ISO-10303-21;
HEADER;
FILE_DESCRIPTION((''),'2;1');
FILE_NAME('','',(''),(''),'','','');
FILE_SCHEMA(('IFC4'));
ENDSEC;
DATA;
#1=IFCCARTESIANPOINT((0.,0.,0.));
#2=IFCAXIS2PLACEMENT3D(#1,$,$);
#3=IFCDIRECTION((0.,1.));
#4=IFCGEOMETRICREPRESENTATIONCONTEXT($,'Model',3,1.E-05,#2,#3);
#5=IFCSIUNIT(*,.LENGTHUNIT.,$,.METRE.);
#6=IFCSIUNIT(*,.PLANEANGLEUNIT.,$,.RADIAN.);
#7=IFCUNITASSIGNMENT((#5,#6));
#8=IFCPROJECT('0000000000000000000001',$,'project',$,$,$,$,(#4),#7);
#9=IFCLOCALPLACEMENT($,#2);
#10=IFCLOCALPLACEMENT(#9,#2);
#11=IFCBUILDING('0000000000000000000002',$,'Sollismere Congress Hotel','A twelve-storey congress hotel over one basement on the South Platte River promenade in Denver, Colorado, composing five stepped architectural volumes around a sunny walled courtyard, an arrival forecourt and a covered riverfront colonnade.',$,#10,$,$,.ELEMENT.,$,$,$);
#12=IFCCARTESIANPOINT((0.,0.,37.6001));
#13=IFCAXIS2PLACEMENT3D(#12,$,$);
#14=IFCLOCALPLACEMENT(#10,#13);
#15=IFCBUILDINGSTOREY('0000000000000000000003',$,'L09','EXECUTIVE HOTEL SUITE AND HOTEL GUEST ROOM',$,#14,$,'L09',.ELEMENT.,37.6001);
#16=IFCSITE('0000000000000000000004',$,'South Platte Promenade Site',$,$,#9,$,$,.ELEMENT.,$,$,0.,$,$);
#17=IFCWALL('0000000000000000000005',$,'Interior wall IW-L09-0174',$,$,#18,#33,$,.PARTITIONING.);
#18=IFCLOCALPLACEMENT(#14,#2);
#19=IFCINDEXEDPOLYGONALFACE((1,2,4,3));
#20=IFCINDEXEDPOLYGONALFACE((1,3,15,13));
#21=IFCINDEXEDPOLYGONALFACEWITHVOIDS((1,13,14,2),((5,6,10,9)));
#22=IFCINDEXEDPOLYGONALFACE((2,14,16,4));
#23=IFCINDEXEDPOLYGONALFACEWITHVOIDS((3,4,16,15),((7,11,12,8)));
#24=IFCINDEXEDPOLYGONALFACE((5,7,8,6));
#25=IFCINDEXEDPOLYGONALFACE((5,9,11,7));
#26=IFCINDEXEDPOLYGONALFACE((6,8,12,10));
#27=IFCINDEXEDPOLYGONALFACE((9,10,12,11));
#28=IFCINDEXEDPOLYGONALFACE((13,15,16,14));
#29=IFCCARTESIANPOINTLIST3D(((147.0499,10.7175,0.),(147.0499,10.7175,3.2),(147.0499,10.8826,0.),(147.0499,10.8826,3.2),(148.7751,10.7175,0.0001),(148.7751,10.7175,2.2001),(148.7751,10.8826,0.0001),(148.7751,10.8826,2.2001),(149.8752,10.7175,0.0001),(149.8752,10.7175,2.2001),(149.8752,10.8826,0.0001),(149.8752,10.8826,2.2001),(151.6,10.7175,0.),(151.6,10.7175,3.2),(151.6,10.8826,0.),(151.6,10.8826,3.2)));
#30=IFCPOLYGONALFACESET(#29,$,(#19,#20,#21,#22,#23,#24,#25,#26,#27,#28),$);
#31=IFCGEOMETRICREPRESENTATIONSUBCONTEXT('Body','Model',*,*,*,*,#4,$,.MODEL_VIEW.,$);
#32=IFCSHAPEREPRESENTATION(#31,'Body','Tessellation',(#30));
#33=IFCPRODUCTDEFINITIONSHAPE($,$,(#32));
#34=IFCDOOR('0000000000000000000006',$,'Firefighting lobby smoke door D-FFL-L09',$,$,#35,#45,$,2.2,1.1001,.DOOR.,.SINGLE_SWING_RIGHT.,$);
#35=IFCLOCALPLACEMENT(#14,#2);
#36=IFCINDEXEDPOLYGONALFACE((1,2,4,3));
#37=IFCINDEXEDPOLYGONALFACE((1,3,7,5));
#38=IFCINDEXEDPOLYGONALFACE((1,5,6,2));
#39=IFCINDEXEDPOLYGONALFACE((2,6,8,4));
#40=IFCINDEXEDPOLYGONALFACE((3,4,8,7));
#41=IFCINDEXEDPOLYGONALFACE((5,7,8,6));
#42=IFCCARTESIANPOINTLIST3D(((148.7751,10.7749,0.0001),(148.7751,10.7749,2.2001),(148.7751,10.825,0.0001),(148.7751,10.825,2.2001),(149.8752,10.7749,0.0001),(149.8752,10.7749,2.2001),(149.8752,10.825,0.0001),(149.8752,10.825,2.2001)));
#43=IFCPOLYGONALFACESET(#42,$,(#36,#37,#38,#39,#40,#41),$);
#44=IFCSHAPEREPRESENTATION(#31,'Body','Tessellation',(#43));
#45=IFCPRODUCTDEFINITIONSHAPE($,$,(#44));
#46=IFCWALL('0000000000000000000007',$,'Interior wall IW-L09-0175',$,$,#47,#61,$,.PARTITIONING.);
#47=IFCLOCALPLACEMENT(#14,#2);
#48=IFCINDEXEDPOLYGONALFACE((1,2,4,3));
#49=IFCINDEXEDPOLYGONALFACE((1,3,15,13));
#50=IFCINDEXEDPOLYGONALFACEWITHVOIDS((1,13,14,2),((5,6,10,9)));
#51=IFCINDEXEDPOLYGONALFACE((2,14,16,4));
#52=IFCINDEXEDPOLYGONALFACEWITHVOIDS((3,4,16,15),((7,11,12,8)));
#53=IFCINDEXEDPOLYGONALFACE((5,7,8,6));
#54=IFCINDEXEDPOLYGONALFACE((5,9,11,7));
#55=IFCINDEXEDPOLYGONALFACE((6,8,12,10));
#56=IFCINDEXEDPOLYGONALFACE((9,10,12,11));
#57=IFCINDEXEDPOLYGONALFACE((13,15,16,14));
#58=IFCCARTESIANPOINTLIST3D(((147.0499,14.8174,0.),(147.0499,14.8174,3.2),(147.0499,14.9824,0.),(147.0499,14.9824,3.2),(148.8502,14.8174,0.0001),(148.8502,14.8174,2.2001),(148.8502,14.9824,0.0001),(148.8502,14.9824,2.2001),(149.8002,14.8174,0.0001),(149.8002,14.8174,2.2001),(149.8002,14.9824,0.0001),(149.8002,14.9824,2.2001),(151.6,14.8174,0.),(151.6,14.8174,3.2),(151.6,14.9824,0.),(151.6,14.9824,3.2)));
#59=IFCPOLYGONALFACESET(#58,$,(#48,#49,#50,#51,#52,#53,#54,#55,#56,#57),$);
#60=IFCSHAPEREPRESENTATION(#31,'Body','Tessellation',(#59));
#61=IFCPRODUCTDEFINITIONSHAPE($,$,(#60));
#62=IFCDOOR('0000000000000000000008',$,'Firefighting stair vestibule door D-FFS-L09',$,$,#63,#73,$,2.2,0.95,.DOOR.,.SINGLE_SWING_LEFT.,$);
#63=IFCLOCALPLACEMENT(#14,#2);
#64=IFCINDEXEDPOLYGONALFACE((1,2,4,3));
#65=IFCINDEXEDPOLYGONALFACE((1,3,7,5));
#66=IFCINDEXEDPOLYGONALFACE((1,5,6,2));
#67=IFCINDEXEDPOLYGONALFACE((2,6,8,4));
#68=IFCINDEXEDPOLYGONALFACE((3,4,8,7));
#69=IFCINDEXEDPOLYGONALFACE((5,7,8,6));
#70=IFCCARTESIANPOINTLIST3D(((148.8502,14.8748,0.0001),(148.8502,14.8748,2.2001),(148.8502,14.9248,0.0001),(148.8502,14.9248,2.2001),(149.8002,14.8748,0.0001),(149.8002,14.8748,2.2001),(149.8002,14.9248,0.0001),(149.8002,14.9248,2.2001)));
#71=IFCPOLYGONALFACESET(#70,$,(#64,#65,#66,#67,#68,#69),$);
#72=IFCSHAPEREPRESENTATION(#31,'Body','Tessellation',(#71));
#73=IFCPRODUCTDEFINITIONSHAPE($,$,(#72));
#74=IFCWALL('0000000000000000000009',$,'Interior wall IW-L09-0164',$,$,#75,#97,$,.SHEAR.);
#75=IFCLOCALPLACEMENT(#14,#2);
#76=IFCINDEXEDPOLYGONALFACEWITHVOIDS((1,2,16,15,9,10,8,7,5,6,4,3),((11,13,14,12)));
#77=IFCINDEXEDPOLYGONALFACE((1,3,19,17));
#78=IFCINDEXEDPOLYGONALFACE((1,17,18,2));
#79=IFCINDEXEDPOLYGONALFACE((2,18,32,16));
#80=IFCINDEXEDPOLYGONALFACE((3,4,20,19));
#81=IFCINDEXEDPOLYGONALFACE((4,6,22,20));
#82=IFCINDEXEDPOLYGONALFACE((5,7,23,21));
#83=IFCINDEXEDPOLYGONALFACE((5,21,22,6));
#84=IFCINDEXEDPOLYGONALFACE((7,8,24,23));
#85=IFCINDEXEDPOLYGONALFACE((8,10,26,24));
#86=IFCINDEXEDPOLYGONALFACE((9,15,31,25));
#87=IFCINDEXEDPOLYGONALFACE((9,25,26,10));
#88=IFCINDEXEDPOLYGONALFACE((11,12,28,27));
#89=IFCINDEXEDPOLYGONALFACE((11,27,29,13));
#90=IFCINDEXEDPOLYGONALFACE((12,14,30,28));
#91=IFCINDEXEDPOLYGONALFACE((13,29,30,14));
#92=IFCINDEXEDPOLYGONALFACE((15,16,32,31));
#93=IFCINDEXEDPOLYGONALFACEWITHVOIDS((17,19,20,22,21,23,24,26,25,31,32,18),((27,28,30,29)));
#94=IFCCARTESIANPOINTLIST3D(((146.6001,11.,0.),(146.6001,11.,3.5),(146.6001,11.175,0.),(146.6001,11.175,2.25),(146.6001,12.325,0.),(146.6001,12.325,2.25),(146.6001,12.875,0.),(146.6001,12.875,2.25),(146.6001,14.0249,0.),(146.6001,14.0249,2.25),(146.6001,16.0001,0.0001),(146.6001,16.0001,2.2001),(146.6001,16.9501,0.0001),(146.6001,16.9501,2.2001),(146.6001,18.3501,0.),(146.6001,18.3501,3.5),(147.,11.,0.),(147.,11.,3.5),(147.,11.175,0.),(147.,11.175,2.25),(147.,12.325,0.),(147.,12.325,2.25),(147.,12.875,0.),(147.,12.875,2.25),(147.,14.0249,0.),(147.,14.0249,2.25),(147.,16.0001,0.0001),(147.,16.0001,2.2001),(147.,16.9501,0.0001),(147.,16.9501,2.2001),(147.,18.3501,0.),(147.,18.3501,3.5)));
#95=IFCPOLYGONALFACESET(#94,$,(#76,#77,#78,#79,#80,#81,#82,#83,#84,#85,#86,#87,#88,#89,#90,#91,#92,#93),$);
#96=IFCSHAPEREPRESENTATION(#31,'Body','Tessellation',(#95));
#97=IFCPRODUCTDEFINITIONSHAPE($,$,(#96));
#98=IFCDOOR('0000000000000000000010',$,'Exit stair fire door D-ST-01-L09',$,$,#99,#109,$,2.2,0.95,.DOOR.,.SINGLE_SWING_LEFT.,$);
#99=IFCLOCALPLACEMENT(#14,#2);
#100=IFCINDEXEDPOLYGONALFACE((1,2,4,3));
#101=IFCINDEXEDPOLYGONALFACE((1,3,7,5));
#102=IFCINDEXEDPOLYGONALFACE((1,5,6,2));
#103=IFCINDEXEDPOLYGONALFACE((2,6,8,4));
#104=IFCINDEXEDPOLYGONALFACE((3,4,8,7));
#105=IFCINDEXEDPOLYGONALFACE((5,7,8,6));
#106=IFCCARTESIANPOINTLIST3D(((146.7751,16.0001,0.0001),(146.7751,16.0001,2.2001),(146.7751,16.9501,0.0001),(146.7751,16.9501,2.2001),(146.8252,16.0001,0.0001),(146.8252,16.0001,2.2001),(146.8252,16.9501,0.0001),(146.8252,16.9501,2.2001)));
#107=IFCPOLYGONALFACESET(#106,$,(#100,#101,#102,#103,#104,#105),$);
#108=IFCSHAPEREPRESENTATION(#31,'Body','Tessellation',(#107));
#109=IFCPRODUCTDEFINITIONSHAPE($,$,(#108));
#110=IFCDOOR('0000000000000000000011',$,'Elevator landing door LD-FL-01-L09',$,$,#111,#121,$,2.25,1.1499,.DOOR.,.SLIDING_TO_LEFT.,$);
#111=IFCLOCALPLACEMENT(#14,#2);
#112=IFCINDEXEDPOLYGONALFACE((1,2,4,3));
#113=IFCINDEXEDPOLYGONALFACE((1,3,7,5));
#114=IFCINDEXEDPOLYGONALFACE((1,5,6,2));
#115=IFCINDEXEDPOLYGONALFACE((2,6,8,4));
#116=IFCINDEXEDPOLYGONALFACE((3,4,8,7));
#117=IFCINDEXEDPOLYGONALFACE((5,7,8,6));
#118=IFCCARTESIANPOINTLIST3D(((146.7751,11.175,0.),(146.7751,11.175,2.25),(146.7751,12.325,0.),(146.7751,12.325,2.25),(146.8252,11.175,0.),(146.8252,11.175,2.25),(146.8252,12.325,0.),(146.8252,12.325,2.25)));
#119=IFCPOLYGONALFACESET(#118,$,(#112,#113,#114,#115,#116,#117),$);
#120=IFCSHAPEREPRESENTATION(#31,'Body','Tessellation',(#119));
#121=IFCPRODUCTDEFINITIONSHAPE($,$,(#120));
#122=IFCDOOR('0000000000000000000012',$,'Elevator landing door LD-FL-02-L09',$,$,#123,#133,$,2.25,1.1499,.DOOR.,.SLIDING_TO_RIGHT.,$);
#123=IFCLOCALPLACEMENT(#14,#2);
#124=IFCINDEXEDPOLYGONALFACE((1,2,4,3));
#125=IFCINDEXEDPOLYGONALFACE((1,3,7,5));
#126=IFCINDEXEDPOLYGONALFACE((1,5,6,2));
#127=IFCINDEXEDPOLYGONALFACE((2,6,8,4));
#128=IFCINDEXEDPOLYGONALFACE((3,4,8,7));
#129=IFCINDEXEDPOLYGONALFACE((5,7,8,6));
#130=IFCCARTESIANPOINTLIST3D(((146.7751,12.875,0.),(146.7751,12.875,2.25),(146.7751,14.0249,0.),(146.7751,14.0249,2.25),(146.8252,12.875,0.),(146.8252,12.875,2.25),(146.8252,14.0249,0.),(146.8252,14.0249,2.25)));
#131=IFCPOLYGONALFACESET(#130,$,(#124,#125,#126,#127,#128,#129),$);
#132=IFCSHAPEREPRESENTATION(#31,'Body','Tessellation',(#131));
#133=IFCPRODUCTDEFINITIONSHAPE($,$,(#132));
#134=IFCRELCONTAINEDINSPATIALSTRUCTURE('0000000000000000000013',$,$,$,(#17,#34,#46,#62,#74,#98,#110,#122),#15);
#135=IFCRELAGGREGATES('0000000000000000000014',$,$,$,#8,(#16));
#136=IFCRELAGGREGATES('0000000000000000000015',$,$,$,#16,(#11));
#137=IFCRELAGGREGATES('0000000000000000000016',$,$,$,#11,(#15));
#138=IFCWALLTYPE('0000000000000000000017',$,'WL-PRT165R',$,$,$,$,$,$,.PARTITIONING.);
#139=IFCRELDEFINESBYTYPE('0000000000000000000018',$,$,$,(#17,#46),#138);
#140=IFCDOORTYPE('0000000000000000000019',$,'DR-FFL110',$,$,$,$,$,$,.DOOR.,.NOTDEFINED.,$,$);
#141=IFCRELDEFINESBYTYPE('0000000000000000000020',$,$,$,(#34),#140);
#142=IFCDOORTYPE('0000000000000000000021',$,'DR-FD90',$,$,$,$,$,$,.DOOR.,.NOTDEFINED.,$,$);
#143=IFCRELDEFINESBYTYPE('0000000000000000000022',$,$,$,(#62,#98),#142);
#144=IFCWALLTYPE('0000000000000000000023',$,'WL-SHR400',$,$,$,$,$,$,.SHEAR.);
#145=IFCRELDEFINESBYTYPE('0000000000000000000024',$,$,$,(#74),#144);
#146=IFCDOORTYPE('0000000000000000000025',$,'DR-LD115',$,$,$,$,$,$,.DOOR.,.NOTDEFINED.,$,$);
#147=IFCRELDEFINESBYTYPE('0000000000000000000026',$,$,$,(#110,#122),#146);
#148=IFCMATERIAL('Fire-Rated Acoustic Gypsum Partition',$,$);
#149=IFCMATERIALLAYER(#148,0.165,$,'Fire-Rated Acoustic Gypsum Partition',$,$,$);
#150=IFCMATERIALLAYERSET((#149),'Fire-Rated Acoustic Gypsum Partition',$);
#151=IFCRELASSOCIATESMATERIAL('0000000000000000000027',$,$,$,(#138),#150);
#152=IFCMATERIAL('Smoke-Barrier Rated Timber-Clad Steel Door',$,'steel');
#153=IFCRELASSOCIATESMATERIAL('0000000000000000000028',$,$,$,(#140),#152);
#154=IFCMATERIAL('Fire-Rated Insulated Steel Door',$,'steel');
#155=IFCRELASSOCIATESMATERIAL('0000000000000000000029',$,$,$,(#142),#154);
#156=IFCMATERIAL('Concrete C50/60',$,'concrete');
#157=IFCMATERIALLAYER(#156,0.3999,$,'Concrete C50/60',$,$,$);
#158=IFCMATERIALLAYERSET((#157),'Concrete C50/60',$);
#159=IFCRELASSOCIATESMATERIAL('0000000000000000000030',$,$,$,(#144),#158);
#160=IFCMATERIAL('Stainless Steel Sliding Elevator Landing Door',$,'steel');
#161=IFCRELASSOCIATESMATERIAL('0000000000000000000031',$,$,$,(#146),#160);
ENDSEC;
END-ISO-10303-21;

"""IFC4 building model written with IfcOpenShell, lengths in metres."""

from ifc_helpers import new_model, si_unit, direction, frame, frame_2d, origin, place, context, subcontext, project, spatial, rectangle, extrude, material, layer, layer_set, type_object, element, fill, save


model = new_model("IFC4")

# Units and contexts
model_context = context("Model", 3, precision=1e-05, world=origin(), true_north=direction((0.0, 1.0)))
body_context = subcontext(model_context, "Body", "Model", "MODEL_VIEW")
ifc_project = project(units=[si_unit("LENGTHUNIT", "METRE"), si_unit("PLANEANGLEUNIT", "RADIAN")], contexts=[model_context])

# Site, building, storey
site_placement = place(None, origin())
site = spatial("IfcSite", under=ifc_project, at=site_placement, Name="South Platte Promenade Site", CompositionType="ELEMENT", RefElevation=0.0)
building_placement = place(site_placement, origin())
building = spatial("IfcBuilding", under=site, at=building_placement, Name="Sollismere Congress Hotel", Description="A twelve-storey congress hotel over one basement on the South Platte River promenade in Denver, Colorado, composing five stepped architectural volumes around a sunny walled courtyard, an arrival forecourt and a covered riverfront colonnade.", CompositionType="ELEMENT")
storey_placement = place(building_placement, frame((0.0, 0.0, 37.6001)))
storey = spatial("IfcBuildingStorey", under=building, at=storey_placement, Name="L09", Description="EXECUTIVE HOTEL SUITE AND HOTEL GUEST ROOM", LongName="L09", CompositionType="ELEMENT", Elevation=37.6001)

# Walls, openings, doors
ifc_material_1 = material(Name="Fire-Rated Acoustic Gypsum Partition")
ifc_layer_1 = layer(ifc_material_1, 0.165, Name="Fire-Rated Acoustic Gypsum Partition")
ifc_layer_set_1 = layer_set([ifc_layer_1], Name="Fire-Rated Acoustic Gypsum Partition")
wall_type_1 = type_object("IfcWallType", Name="WL-PRT165R", PredefinedType="PARTITIONING", material=ifc_layer_set_1)
wall_1_placement = place(storey_placement, frame((147.05, 10.8, 0.0), z_axis=(0.0, 0.0, 1.0), x_axis=(1.0, 0.0, 0.0)))
wall_1 = element("IfcWall", 1, at=wall_1_placement, inside=storey, type_object=wall_type_1, Name="Interior wall IW-L09-0174", PredefinedType="PARTITIONING", context=body_context, shape_type="SweptSolid", body=[
    extrude(rectangle(XDim=4.55, YDim=0.165, at=frame_2d((2.2749, 0.0))), origin(), (0.0, 0.0, 1.0), 3.2),
])
opening_1_placement = place(wall_1_placement, frame((1.7251, 0.0, 0.0)))
opening_1 = element("IfcOpeningElement", 2, at=opening_1_placement, cuts=wall_1, PredefinedType="OPENING", context=body_context, shape_type="SweptSolid", body=[
    extrude(rectangle(XDim=1.1001, YDim=2.2, at=frame_2d((0.55, 1.1001))), frame((0.0, 0.0925, 0.0), z_axis=(0.0, -1.0, 0.0), x_axis=(1.0, 0.0, 0.0)), (0.0, 0.0, 1.0), 0.1851),
])
ifc_material_2 = material(Name="Smoke-Barrier Rated Timber-Clad Steel Door", Category="steel")
door_type_1 = type_object("IfcDoorType", Name="DR-FFL110", OperationType="NOTDEFINED", PredefinedType="DOOR", material=ifc_material_2)
door_1_placement = place(opening_1_placement, origin())
door_1 = element("IfcDoor", 3, at=door_1_placement, inside=storey, type_object=door_type_1, Name="Firefighting lobby smoke door D-FFL-L09", OperationType="SINGLE_SWING_RIGHT", OverallHeight=2.2, OverallWidth=1.1001, PredefinedType="DOOR", context=body_context, shape_type="SweptSolid", body=[
    extrude(rectangle(XDim=1.1001, YDim=2.2, at=frame_2d((0.55, 1.1001))), frame((0.0, 0.0249, 0.0), z_axis=(0.0, -1.0, 0.0), x_axis=(1.0, 0.0, 0.0)), (0.0, 0.0, 1.0), 0.05),
])
fill(opening_1, door_1)
wall_2_placement = place(storey_placement, frame((147.05, 14.8999, 0.0), z_axis=(0.0, 0.0, 1.0), x_axis=(1.0, 0.0, 0.0)))
wall_2 = element("IfcWall", 4, at=wall_2_placement, inside=storey, type_object=wall_type_1, Name="Interior wall IW-L09-0175", PredefinedType="PARTITIONING", context=body_context, shape_type="SweptSolid", body=[
    extrude(rectangle(XDim=4.55, YDim=0.165, at=frame_2d((2.2749, 0.0))), origin(), (0.0, 0.0, 1.0), 3.2),
])
opening_2_placement = place(wall_2_placement, frame((1.8, 0.0, 0.0)))
opening_2 = element("IfcOpeningElement", 5, at=opening_2_placement, cuts=wall_2, PredefinedType="OPENING", context=body_context, shape_type="SweptSolid", body=[
    extrude(rectangle(XDim=0.95, YDim=2.2, at=frame_2d((0.4751, 1.1001))), frame((0.0, 0.0925, 0.0), z_axis=(0.0, -1.0, 0.0), x_axis=(1.0, 0.0, 0.0)), (0.0, 0.0, 1.0), 0.1851),
])
ifc_material_3 = material(Name="Fire-Rated Insulated Steel Door", Category="steel")
door_type_2 = type_object("IfcDoorType", Name="DR-FD90", OperationType="NOTDEFINED", PredefinedType="DOOR", material=ifc_material_3)
door_2_placement = place(opening_2_placement, origin())
door_2 = element("IfcDoor", 6, at=door_2_placement, inside=storey, type_object=door_type_2, Name="Firefighting stair vestibule door D-FFS-L09", OperationType="SINGLE_SWING_LEFT", OverallHeight=2.2, OverallWidth=0.95, PredefinedType="DOOR", context=body_context, shape_type="SweptSolid", body=[
    extrude(rectangle(XDim=0.95, YDim=2.2, at=frame_2d((0.4751, 1.1001))), frame((0.0, 0.0249, 0.0), z_axis=(0.0, -1.0, 0.0), x_axis=(1.0, 0.0, 0.0)), (0.0, 0.0, 1.0), 0.05),
])
fill(opening_2, door_2)

# Wall, openings, doors
ifc_material_4 = material(Name="Concrete C50/60", Category="concrete")
ifc_layer_2 = layer(ifc_material_4, 0.3999, Name="Concrete C50/60")
ifc_layer_set_2 = layer_set([ifc_layer_2], Name="Concrete C50/60")
wall_type_2 = type_object("IfcWallType", Name="WL-SHR400", PredefinedType="SHEAR", material=ifc_layer_set_2)
wall_3_placement = place(storey_placement, frame((146.8, 11.0, 0.0), z_axis=(0.0, 0.0, 1.0), x_axis=(0.0, 1.0, 0.0)))
wall_3 = element("IfcWall", 7, at=wall_3_placement, inside=storey, type_object=wall_type_2, Name="Interior wall IW-L09-0164", PredefinedType="SHEAR", context=body_context, shape_type="SweptSolid", body=[
    extrude(rectangle(XDim=7.3501, YDim=0.3999, at=frame_2d((3.675, 0.0))), origin(), (0.0, 0.0, 1.0), 3.5),
])
opening_3_placement = place(wall_3_placement, frame((5.0, 0.0, 0.0)))
opening_3 = element("IfcOpeningElement", 8, at=opening_3_placement, cuts=wall_3, PredefinedType="OPENING", context=body_context, shape_type="SweptSolid", body=[
    extrude(rectangle(XDim=0.95, YDim=2.2, at=frame_2d((0.4751, 1.1001))), frame((0.0, 0.21, 0.0), z_axis=(0.0, -1.0, 0.0), x_axis=(1.0, 0.0, 0.0)), (0.0, 0.0, 1.0), 0.4199),
])
opening_4_placement = place(wall_3_placement, frame((0.175, 0.0, 0.0)))
opening_4 = element("IfcOpeningElement", 9, at=opening_4_placement, cuts=wall_3, PredefinedType="OPENING", context=body_context, shape_type="SweptSolid", body=[
    extrude(rectangle(XDim=1.1499, YDim=2.25, at=frame_2d((0.575, 1.125))), frame((0.0, 0.21, 0.0), z_axis=(0.0, -1.0, 0.0), x_axis=(1.0, 0.0, 0.0)), (0.0, 0.0, 1.0), 0.4199),
])
opening_5_placement = place(wall_3_placement, frame((1.875, 0.0, 0.0)))
opening_5 = element("IfcOpeningElement", 10, at=opening_5_placement, cuts=wall_3, PredefinedType="OPENING", context=body_context, shape_type="SweptSolid", body=[
    extrude(rectangle(XDim=1.1499, YDim=2.25, at=frame_2d((0.575, 1.125))), frame((0.0, 0.21, 0.0), z_axis=(0.0, -1.0, 0.0), x_axis=(1.0, 0.0, 0.0)), (0.0, 0.0, 1.0), 0.4199),
])
door_3_placement = place(opening_3_placement, origin())
door_3 = element("IfcDoor", 11, at=door_3_placement, inside=storey, type_object=door_type_2, Name="Exit stair fire door D-ST-01-L09", OperationType="SINGLE_SWING_LEFT", OverallHeight=2.2, OverallWidth=0.95, PredefinedType="DOOR", context=body_context, shape_type="SweptSolid", body=[
    extrude(rectangle(XDim=0.95, YDim=2.2, at=frame_2d((0.4751, 1.1001))), frame((0.0, 0.0249, 0.0), z_axis=(0.0, -1.0, 0.0), x_axis=(1.0, 0.0, 0.0)), (0.0, 0.0, 1.0), 0.05),
])
fill(opening_3, door_3)
ifc_material_5 = material(Name="Stainless Steel Sliding Elevator Landing Door", Category="steel")
door_type_3 = type_object("IfcDoorType", Name="DR-LD115", OperationType="NOTDEFINED", PredefinedType="DOOR", material=ifc_material_5)
door_4_placement = place(opening_4_placement, origin())
door_4 = element("IfcDoor", 12, at=door_4_placement, inside=storey, type_object=door_type_3, Name="Elevator landing door LD-FL-01-L09", OperationType="SLIDING_TO_LEFT", OverallHeight=2.25, OverallWidth=1.1499, PredefinedType="DOOR", context=body_context, shape_type="SweptSolid", body=[
    extrude(rectangle(XDim=1.1499, YDim=2.25, at=frame_2d((0.575, 1.125))), frame((0.0, 0.0249, 0.0), z_axis=(0.0, -1.0, 0.0), x_axis=(1.0, 0.0, 0.0)), (0.0, 0.0, 1.0), 0.05),
])
fill(opening_4, door_4)
door_5_placement = place(opening_5_placement, origin())
door_5 = element("IfcDoor", 13, at=door_5_placement, inside=storey, type_object=door_type_3, Name="Elevator landing door LD-FL-02-L09", OperationType="SLIDING_TO_RIGHT", OverallHeight=2.25, OverallWidth=1.1499, PredefinedType="DOOR", context=body_context, shape_type="SweptSolid", body=[
    extrude(rectangle(XDim=1.1499, YDim=2.25, at=frame_2d((0.575, 1.125))), frame((0.0, 0.0249, 0.0), z_axis=(0.0, -1.0, 0.0), x_axis=(1.0, 0.0, 0.0)), (0.0, 0.0, 1.0), 0.05),
])
fill(opening_5, door_5)

save(model, "model.ifc")
